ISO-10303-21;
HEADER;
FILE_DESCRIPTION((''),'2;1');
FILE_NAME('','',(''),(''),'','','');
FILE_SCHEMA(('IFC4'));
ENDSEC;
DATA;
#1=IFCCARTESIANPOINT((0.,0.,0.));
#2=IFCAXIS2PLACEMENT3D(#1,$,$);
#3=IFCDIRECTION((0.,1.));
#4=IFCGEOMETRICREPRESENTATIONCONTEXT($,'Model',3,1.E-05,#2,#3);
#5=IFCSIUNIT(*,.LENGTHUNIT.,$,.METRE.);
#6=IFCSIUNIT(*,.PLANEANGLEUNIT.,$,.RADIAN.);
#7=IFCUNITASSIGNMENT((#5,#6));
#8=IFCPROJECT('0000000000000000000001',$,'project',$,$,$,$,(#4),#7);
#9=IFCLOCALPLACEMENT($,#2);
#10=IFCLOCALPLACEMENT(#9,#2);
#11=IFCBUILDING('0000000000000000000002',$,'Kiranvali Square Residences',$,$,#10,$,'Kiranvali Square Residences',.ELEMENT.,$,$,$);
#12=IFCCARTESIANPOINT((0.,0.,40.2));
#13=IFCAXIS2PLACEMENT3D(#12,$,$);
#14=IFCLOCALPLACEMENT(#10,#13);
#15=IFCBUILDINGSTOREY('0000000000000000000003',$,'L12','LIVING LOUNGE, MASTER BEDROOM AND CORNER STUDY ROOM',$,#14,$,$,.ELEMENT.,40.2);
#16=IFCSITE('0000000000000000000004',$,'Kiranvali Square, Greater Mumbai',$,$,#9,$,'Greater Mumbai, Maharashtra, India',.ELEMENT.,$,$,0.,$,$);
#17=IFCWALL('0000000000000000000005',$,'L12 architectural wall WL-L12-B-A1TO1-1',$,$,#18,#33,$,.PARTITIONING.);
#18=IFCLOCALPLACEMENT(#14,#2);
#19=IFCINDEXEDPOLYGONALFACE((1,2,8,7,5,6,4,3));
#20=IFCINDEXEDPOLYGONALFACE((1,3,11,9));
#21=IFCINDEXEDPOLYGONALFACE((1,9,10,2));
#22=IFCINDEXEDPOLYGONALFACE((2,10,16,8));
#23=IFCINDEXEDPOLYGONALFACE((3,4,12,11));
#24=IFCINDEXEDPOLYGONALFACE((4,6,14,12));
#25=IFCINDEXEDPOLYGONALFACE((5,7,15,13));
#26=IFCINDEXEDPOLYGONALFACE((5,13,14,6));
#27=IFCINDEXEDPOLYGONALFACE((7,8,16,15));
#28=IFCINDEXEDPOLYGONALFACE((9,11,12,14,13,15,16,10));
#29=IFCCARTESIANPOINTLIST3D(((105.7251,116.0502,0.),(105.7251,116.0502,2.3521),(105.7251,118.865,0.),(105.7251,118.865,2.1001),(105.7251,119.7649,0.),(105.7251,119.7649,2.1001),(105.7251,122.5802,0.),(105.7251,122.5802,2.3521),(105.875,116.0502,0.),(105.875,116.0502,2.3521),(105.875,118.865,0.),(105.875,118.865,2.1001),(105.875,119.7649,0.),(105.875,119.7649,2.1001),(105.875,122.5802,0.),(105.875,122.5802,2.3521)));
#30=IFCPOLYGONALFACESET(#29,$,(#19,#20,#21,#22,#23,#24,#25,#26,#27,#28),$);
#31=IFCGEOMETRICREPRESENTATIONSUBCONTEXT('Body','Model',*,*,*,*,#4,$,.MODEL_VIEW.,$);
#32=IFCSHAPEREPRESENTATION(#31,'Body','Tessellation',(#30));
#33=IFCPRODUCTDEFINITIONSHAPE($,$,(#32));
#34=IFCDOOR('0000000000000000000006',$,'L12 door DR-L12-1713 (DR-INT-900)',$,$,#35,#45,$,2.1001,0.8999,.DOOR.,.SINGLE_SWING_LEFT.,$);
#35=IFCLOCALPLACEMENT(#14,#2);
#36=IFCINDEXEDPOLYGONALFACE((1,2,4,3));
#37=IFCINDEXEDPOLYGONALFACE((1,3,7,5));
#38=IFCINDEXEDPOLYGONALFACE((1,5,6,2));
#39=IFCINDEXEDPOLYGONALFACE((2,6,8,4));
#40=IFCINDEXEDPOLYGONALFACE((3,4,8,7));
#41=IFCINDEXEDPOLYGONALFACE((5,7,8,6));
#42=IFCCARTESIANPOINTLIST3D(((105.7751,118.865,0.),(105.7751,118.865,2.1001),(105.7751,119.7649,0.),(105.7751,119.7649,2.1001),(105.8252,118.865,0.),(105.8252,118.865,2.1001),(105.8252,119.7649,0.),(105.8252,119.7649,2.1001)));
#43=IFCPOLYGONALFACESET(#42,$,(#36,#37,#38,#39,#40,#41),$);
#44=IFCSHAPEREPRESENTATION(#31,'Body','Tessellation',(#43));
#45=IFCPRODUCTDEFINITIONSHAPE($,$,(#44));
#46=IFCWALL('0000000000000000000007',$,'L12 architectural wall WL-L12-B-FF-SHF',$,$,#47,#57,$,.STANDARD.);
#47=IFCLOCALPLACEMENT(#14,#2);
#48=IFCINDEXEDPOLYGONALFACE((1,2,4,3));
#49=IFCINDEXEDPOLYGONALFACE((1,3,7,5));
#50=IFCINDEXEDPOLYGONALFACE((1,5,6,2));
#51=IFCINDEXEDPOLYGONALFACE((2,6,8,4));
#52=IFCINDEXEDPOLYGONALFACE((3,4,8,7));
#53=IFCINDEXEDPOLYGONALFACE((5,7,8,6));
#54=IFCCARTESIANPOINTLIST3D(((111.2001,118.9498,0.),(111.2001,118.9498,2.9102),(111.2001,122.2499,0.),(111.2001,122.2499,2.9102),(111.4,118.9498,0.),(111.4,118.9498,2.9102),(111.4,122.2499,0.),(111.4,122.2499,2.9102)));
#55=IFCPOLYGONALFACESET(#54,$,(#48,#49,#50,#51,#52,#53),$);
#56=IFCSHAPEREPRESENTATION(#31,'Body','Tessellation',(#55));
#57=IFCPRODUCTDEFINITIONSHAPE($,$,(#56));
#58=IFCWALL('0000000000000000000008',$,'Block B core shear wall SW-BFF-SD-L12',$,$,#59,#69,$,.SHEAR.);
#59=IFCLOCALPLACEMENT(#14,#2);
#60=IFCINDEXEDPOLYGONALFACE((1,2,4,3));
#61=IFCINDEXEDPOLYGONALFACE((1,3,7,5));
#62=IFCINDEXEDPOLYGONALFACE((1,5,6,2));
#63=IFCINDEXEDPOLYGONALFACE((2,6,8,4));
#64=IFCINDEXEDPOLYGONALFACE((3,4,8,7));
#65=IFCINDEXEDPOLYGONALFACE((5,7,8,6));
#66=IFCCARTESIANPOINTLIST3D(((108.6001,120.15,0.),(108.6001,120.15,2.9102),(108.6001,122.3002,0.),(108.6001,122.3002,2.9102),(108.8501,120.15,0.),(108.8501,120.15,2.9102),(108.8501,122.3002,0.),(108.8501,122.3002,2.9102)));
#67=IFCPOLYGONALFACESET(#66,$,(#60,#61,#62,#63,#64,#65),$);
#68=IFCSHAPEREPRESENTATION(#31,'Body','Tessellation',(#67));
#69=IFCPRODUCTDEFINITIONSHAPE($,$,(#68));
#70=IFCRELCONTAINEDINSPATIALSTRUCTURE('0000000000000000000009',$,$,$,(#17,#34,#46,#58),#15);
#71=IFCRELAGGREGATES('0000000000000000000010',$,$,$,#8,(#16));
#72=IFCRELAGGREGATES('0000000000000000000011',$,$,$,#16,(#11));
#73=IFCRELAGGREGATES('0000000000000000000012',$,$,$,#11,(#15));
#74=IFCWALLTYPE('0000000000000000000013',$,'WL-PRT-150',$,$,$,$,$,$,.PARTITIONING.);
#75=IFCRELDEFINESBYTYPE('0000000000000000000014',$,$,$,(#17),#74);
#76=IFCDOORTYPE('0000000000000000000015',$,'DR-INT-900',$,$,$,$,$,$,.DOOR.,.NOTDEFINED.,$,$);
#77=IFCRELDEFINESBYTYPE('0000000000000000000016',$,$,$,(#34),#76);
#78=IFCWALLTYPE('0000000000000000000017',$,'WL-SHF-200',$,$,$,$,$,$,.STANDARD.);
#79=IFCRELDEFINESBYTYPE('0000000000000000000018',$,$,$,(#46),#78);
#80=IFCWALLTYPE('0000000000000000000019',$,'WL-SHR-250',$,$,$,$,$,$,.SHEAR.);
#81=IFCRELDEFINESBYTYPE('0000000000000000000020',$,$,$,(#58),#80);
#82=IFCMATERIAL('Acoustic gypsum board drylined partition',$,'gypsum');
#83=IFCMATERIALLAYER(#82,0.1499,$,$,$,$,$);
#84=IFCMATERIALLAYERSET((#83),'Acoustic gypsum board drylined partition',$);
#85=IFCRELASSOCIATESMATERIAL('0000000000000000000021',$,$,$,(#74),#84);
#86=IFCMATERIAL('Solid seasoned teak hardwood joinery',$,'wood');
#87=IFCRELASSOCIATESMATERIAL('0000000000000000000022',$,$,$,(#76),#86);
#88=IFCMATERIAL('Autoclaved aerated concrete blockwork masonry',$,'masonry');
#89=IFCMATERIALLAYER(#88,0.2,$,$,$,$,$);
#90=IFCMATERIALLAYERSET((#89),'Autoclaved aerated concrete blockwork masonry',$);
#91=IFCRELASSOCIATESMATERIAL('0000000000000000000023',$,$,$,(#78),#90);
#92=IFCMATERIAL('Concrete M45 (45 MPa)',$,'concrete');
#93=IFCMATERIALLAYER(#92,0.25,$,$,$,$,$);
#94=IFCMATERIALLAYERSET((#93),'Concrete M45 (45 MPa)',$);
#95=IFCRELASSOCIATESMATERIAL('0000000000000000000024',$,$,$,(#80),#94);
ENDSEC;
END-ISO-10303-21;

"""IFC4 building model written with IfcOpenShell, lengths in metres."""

from ifc_helpers import new_model, si_unit, direction, frame, frame_2d, origin, place, context, subcontext, project, spatial, rectangle, extrude, material, layer, layer_set, type_object, element, fill, save


model = new_model("IFC4")

# Units and contexts
model_context = context("Model", 3, precision=1e-05, world=origin(), true_north=direction((0.0, 1.0)))
body_context = subcontext(model_context, "Body", "Model", "MODEL_VIEW")
ifc_project = project(units=[si_unit("LENGTHUNIT", "METRE"), si_unit("PLANEANGLEUNIT", "RADIAN")], contexts=[model_context])

# Site, building, storey
site_placement = place(None, origin())
site = spatial("IfcSite", under=ifc_project, at=site_placement, Name="Kiranvali Square, Greater Mumbai", LongName="Greater Mumbai, Maharashtra, India", CompositionType="ELEMENT", RefElevation=0.0)
building_placement = place(site_placement, origin())
building = spatial("IfcBuilding", under=site, at=building_placement, Name="Kiranvali Square Residences", LongName="Kiranvali Square Residences", CompositionType="ELEMENT")
storey_placement = place(building_placement, frame((0.0, 0.0, 40.2)))
storey = spatial("IfcBuildingStorey", under=building, at=storey_placement, Name="L12", Description="LIVING LOUNGE, MASTER BEDROOM AND CORNER STUDY ROOM", CompositionType="ELEMENT", Elevation=40.2)

# Shared definitions
ifc_material_1 = material(Name="Concrete M45 (45 MPa)", Category="concrete")

# Shared definitions
ifc_material_2 = material(Name="Autoclaved aerated concrete blockwork masonry", Category="masonry")

# Wall, opening, door
ifc_material_3 = material(Name="Acoustic gypsum board drylined partition", Category="gypsum")
ifc_layer_1 = layer(ifc_material_3, 0.1499)
ifc_layer_set_1 = layer_set([ifc_layer_1], Name="Acoustic gypsum board drylined partition")
wall_type_1 = type_object("IfcWallType", Name="WL-PRT-150", PredefinedType="PARTITIONING", material=ifc_layer_set_1)
wall_1_placement = place(storey_placement, frame((105.8, 116.05, 0.0), z_axis=(0.0, 0.0, 1.0), x_axis=(0.0, 1.0, 0.0)))
wall_1 = element("IfcWall", 1, at=wall_1_placement, inside=storey, type_object=wall_type_1, Name="L12 architectural wall WL-L12-B-A1TO1-1", PredefinedType="PARTITIONING", context=body_context, shape_type="SweptSolid", body=[
    extrude(rectangle(XDim=6.53, YDim=0.1499, at=frame_2d((3.2651, 0.0))), origin(), (0.0, 0.0, 1.0), 2.3521),
])
opening_1_placement = place(wall_1_placement, frame((2.8149, 0.0, 0.0)))
opening_1 = element("IfcOpeningElement", 2, at=opening_1_placement, cuts=wall_1, PredefinedType="OPENING", context=body_context, shape_type="SweptSolid", body=[
    extrude(rectangle(XDim=0.8999, YDim=2.1001, at=frame_2d((0.45, 1.05))), frame((0.0, 0.085, 0.0), z_axis=(0.0, -1.0, 0.0), x_axis=(1.0, 0.0, 0.0)), (0.0, 0.0, 1.0), 0.1699),
])
ifc_material_4 = material(Name="Solid seasoned teak hardwood joinery", Category="wood")
door_type_1 = type_object("IfcDoorType", Name="DR-INT-900", OperationType="NOTDEFINED", PredefinedType="DOOR", material=ifc_material_4)
door_1_placement = place(opening_1_placement, origin())
door_1 = element("IfcDoor", 3, at=door_1_placement, inside=storey, type_object=door_type_1, Name="L12 door DR-L12-1713 (DR-INT-900)", OperationType="SINGLE_SWING_LEFT", OverallHeight=2.1001, OverallWidth=0.8999, PredefinedType="DOOR", context=body_context, shape_type="SweptSolid", body=[
    extrude(rectangle(XDim=0.8999, YDim=2.1001, at=frame_2d((0.45, 1.05))), frame((0.0, 0.0249, 0.0), z_axis=(0.0, -1.0, 0.0), x_axis=(1.0, 0.0, 0.0)), (0.0, 0.0, 1.0), 0.05),
])
fill(opening_1, door_1)

# Walls
ifc_layer_2 = layer(ifc_material_2, 0.2)
ifc_layer_set_2 = layer_set([ifc_layer_2], Name="Autoclaved aerated concrete blockwork masonry")
wall_type_2 = type_object("IfcWallType", Name="WL-SHF-200", PredefinedType="STANDARD", material=ifc_layer_set_2)
wall_2_placement = place(storey_placement, frame((111.3, 118.95, 0.0), z_axis=(0.0, 0.0, 1.0), x_axis=(0.0, 1.0, 0.0)))
element("IfcWall", 4, at=wall_2_placement, inside=storey, type_object=wall_type_2, Name="L12 architectural wall WL-L12-B-FF-SHF", PredefinedType="STANDARD", context=body_context, shape_type="SweptSolid", body=[
    extrude(rectangle(XDim=3.3, YDim=0.2, at=frame_2d((1.6499, 0.0))), origin(), (0.0, 0.0, 1.0), 2.9102),
])
ifc_layer_3 = layer(ifc_material_1, 0.25)
ifc_layer_set_3 = layer_set([ifc_layer_3], Name="Concrete M45 (45 MPa)")
wall_type_3 = type_object("IfcWallType", Name="WL-SHR-250", PredefinedType="SHEAR", material=ifc_layer_set_3)
wall_3_placement = place(storey_placement, frame((108.7251, 120.1499, 0.0), z_axis=(0.0, 0.0, 1.0), x_axis=(0.0, 1.0, 0.0)))
element("IfcWall", 5, at=wall_3_placement, inside=storey, type_object=wall_type_3, Name="Block B core shear wall SW-BFF-SD-L12", PredefinedType="SHEAR", context=body_context, shape_type="SweptSolid", body=[
    extrude(rectangle(XDim=2.1501, YDim=0.25, at=frame_2d((1.0752, 0.0))), origin(), (0.0, 0.0, 1.0), 2.9102),
])

save(model, "model.ifc")
